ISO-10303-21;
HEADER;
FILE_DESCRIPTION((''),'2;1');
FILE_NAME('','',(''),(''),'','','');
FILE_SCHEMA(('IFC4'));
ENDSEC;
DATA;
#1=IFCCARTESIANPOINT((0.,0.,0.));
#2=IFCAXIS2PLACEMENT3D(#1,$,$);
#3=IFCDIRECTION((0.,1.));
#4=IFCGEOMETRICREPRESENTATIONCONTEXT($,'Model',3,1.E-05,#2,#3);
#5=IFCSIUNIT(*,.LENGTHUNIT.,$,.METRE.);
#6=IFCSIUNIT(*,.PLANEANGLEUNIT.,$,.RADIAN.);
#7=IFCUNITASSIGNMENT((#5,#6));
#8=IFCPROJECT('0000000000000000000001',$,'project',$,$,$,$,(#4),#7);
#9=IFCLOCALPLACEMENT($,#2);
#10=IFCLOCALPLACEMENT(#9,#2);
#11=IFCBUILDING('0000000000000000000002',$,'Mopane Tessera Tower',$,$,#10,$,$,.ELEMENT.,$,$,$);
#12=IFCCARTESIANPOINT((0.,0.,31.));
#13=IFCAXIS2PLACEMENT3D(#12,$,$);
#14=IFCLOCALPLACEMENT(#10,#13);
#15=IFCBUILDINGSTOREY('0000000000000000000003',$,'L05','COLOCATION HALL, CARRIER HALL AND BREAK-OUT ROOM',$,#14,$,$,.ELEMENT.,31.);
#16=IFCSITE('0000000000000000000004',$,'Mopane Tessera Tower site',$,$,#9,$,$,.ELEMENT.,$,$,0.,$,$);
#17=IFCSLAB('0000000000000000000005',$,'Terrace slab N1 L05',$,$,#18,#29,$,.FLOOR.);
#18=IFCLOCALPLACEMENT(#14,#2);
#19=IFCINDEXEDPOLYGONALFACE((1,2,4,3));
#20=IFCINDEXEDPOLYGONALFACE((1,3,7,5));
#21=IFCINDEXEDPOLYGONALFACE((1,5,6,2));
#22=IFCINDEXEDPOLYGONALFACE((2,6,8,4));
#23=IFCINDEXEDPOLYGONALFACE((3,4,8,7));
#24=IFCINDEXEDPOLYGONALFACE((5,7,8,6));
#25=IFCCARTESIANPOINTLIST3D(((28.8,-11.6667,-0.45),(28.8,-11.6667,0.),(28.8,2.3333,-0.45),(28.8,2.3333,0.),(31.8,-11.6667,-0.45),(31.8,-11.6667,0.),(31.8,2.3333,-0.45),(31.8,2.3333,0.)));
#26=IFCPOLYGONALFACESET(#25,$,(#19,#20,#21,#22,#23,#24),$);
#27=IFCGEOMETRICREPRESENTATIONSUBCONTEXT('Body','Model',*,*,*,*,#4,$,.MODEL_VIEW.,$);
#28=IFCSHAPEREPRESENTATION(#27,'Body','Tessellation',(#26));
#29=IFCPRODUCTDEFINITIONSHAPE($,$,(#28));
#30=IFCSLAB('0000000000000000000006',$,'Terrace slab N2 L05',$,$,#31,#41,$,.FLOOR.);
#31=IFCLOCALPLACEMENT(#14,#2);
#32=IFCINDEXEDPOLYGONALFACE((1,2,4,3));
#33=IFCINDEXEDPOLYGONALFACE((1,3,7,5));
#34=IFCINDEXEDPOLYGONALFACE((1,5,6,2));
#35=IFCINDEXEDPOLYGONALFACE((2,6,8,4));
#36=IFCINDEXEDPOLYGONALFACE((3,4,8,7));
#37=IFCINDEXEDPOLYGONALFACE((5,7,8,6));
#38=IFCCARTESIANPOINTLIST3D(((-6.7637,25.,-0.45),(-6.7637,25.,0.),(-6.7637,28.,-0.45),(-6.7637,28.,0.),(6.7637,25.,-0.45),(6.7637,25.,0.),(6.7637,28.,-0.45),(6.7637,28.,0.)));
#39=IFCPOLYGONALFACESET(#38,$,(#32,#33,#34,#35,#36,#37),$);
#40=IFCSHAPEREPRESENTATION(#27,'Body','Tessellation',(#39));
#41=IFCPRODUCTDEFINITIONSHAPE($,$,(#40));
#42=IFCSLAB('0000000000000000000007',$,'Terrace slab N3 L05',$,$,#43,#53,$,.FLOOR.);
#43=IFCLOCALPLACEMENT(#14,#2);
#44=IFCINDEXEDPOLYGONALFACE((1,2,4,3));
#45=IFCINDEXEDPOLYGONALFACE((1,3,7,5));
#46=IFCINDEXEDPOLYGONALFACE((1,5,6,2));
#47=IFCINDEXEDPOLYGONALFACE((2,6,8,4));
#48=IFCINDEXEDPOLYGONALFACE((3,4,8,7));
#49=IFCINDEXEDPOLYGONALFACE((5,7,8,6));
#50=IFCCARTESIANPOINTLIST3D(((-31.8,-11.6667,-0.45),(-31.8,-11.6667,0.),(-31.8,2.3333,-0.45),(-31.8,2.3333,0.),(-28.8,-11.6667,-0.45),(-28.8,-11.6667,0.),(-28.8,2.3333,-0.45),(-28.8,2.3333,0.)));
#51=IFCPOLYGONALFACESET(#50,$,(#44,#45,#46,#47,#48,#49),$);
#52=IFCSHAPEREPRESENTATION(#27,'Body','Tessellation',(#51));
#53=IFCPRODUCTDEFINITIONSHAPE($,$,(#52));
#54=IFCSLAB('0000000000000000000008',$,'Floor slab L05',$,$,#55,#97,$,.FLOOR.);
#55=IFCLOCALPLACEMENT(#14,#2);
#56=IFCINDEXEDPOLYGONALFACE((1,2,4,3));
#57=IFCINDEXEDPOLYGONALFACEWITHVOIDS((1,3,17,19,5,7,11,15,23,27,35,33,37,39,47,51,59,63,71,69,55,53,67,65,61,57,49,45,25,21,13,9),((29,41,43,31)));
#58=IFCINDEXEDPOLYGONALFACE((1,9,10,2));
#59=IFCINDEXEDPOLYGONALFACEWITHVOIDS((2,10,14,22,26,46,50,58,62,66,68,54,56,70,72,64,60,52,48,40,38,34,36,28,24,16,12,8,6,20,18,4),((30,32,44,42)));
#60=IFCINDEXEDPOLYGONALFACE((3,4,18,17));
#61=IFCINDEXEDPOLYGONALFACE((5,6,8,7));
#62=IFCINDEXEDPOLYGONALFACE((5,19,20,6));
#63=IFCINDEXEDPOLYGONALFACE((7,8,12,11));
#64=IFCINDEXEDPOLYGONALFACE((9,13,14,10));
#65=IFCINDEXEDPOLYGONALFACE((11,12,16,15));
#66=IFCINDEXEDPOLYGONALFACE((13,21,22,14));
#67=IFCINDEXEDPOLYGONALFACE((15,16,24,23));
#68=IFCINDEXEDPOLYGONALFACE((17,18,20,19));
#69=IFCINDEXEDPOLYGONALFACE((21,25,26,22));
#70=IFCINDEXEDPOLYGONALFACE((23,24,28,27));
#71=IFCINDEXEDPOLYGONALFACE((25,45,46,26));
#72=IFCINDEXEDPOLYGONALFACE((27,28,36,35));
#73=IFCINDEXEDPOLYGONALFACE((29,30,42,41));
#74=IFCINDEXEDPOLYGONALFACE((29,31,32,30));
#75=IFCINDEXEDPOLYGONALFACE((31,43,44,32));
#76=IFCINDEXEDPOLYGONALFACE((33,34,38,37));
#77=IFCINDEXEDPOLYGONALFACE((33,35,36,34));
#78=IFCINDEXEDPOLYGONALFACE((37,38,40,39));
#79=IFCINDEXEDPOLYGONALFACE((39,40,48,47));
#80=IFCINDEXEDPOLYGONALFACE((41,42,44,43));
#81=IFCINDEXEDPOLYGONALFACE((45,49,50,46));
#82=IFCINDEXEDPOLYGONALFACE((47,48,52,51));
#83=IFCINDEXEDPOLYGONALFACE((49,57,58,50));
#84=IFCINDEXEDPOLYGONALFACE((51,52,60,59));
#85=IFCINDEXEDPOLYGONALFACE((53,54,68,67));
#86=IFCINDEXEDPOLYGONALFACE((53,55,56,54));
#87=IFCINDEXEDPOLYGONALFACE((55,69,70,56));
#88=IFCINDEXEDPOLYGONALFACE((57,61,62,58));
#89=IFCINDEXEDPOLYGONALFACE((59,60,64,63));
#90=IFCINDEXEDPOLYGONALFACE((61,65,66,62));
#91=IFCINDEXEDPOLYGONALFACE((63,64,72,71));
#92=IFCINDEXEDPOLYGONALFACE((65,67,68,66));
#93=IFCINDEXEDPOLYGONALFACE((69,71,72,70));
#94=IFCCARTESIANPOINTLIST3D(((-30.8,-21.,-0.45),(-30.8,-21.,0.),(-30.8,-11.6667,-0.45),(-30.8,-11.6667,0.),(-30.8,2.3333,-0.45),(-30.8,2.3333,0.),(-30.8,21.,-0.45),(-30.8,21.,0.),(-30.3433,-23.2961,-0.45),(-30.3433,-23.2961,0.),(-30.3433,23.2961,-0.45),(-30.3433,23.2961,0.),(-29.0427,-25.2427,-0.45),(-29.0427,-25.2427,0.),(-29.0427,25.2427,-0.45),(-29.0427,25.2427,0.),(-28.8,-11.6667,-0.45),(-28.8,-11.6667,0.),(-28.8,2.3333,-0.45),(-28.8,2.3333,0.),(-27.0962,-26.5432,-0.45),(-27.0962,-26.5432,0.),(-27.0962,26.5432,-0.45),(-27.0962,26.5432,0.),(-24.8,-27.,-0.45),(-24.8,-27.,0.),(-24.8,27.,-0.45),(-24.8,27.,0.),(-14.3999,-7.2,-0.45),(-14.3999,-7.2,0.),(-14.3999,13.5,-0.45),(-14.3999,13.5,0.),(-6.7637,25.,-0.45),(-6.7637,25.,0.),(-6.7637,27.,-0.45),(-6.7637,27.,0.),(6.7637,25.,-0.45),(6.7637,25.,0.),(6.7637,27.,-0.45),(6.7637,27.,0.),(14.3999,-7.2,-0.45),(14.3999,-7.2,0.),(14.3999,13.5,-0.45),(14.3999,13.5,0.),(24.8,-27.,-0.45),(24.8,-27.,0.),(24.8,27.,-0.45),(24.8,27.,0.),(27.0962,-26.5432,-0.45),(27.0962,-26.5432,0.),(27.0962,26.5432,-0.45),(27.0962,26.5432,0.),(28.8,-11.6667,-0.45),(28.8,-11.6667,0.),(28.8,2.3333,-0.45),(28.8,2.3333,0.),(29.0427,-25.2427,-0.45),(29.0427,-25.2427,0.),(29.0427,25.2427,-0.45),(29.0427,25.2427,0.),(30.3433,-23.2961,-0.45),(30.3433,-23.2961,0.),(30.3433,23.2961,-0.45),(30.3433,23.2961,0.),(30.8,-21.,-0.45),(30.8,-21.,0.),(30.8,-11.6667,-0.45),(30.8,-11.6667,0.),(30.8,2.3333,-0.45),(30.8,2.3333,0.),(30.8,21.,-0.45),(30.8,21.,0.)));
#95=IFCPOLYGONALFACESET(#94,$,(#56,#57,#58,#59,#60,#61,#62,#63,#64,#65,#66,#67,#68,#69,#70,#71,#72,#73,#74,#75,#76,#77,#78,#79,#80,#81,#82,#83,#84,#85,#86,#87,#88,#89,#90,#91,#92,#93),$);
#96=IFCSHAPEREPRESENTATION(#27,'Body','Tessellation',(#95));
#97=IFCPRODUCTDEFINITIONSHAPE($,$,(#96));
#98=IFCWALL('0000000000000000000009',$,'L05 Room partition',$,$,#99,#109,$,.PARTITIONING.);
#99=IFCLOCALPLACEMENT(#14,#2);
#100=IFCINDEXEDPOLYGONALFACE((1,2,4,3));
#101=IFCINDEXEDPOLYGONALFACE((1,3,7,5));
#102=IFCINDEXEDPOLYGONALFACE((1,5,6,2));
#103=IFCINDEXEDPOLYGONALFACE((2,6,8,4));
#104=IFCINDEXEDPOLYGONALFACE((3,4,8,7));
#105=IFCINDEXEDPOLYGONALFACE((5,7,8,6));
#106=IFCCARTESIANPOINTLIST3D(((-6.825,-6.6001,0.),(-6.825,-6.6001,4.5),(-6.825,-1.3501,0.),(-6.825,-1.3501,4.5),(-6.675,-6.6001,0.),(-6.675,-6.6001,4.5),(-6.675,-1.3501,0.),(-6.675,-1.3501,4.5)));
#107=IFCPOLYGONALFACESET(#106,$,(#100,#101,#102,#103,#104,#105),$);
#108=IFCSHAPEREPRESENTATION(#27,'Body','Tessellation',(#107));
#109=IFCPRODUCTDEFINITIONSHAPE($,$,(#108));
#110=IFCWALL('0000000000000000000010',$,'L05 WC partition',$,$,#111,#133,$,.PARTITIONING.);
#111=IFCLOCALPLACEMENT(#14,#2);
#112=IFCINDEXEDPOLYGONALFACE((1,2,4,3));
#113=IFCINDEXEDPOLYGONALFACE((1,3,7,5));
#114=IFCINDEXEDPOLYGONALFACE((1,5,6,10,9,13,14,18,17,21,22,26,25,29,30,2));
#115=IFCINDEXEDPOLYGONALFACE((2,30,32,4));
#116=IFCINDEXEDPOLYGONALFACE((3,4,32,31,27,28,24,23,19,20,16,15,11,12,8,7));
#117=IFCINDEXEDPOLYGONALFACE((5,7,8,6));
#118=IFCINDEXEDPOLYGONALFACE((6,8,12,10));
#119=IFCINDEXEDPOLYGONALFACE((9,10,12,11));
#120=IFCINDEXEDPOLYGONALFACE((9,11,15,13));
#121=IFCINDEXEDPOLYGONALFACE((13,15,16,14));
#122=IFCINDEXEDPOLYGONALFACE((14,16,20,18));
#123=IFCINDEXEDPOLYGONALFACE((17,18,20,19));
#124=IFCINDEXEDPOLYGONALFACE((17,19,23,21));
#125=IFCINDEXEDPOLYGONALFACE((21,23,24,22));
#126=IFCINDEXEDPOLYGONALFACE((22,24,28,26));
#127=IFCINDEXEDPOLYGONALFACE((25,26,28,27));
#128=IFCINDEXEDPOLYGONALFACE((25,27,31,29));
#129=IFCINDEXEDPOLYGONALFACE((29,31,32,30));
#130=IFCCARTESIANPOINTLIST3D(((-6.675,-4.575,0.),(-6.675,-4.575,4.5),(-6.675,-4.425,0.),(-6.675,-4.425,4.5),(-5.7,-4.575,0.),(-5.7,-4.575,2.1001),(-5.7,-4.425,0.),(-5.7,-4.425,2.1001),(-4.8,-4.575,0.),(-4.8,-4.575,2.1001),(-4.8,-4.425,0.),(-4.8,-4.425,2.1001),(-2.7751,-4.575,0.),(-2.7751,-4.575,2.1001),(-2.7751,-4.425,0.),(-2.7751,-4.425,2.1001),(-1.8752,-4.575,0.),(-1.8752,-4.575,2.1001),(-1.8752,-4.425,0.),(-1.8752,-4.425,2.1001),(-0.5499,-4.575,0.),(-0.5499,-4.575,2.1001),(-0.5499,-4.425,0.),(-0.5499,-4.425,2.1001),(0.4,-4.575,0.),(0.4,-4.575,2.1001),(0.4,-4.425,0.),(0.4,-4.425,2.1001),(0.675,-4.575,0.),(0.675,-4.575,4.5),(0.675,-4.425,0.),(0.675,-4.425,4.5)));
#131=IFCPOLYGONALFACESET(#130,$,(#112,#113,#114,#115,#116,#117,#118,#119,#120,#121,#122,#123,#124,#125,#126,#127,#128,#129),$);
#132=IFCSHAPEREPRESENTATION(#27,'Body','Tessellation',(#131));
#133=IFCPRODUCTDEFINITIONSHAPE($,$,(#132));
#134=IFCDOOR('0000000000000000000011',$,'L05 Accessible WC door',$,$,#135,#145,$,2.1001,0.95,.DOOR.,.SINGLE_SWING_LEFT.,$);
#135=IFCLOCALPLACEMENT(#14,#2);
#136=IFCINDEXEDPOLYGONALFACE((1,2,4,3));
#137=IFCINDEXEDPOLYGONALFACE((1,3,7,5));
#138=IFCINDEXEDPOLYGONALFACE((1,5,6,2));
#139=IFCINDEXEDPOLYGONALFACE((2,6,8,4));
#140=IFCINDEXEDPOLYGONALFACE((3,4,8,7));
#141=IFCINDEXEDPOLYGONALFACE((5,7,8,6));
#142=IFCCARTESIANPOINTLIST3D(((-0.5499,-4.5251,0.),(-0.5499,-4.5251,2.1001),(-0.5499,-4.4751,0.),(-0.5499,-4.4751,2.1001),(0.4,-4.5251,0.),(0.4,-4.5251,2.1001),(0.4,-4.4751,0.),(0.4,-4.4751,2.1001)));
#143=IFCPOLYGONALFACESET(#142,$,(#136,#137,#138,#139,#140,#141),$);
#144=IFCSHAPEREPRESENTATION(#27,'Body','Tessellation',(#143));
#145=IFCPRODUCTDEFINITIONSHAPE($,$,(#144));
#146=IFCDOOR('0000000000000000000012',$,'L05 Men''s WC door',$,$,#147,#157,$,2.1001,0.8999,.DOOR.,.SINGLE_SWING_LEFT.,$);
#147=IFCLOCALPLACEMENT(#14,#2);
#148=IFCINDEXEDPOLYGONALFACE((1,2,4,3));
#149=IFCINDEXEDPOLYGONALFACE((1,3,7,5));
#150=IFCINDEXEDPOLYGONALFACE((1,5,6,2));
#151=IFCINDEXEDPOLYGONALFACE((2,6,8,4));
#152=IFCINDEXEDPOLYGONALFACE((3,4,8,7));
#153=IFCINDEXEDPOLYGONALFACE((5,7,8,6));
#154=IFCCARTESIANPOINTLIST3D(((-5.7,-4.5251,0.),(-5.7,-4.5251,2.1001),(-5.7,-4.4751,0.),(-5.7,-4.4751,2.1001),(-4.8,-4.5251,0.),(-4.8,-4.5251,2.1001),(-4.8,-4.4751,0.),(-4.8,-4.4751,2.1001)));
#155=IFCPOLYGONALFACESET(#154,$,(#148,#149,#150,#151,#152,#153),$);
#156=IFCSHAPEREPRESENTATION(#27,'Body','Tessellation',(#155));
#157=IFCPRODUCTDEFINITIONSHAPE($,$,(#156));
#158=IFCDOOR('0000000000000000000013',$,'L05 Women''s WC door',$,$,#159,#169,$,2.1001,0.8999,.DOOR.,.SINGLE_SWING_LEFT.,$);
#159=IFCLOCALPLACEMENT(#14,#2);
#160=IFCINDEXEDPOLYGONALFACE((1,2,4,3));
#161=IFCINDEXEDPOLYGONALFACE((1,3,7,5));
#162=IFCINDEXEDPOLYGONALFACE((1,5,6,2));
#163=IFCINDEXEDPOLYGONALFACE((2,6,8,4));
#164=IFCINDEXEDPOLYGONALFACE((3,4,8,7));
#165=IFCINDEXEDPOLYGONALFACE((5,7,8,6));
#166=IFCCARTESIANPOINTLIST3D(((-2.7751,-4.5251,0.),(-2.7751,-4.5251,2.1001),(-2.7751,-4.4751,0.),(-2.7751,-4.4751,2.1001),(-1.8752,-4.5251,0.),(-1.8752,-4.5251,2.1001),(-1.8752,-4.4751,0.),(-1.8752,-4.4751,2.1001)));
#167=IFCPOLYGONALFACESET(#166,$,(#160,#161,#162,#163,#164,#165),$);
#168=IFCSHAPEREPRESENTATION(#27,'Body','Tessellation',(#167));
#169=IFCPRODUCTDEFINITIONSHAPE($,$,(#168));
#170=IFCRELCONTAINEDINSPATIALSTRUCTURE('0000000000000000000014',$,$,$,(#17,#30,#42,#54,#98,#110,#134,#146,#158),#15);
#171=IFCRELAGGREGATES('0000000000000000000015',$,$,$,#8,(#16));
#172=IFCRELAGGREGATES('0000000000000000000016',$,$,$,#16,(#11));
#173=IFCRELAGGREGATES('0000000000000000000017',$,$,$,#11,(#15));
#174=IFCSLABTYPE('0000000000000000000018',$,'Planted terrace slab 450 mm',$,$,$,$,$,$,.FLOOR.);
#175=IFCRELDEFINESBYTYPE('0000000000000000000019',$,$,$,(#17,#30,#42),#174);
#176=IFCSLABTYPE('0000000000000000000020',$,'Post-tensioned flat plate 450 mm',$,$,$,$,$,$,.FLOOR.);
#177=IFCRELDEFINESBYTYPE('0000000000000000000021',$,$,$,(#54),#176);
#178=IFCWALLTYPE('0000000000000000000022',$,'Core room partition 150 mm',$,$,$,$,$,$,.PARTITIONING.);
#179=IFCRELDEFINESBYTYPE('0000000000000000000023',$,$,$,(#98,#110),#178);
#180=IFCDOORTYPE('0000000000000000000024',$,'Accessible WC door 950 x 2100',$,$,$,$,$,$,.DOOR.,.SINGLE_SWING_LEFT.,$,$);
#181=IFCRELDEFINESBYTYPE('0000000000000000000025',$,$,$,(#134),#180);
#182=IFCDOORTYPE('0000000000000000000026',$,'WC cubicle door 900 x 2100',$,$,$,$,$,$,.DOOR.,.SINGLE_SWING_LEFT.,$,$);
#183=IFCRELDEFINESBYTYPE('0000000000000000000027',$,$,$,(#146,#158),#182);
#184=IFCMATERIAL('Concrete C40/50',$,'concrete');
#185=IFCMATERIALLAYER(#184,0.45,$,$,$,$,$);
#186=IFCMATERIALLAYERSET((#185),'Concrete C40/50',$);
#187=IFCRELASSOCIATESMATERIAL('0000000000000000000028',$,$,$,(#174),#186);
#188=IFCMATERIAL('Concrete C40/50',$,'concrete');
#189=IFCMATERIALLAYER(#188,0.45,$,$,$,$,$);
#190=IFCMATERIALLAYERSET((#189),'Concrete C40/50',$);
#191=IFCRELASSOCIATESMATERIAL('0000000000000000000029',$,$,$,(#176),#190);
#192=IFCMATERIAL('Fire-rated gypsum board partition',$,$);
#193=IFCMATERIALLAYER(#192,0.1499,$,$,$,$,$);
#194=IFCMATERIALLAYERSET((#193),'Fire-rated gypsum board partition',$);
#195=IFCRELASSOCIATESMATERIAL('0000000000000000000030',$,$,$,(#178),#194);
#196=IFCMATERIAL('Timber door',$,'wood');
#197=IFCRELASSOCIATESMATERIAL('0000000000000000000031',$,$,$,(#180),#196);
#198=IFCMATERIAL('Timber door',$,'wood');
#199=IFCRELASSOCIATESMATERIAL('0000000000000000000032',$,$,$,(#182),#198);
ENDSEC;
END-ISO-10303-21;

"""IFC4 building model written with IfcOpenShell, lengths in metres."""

from ifc_helpers import new_model, si_unit, direction, frame, frame_2d, origin, place, context, subcontext, project, spatial, polyline, rectangle, outline, extrude, material, layer, layer_set, type_object, element, fill, save


model = new_model("IFC4")

# Units and contexts
model_context = context("Model", 3, precision=1e-05, world=origin(), true_north=direction((0.0, 1.0)))
body_context = subcontext(model_context, "Body", "Model", "MODEL_VIEW")
ifc_project = project(units=[si_unit("LENGTHUNIT", "METRE"), si_unit("PLANEANGLEUNIT", "RADIAN")], contexts=[model_context])

# Site, building, storey
site_placement = place(None, origin())
site = spatial("IfcSite", under=ifc_project, at=site_placement, Name="Mopane Tessera Tower site", CompositionType="ELEMENT", RefElevation=0.0)
building_placement = place(site_placement, origin())
building = spatial("IfcBuilding", under=site, at=building_placement, Name="Mopane Tessera Tower", CompositionType="ELEMENT")
storey_placement = place(building_placement, frame((0.0, 0.0, 31.0)))
storey = spatial("IfcBuildingStorey", under=building, at=storey_placement, Name="L05", Description="COLOCATION HALL, CARRIER HALL AND BREAK-OUT ROOM", CompositionType="ELEMENT", Elevation=31.0)

# Slabs
ifc_material_1 = material(Name="Concrete C40/50", Category="concrete")
ifc_layer_1 = layer(ifc_material_1, 0.45)
ifc_layer_set_1 = layer_set([ifc_layer_1], Name="Concrete C40/50")
slab_type_1 = type_object("IfcSlabType", Name="Planted terrace slab 450 mm", PredefinedType="FLOOR", material=ifc_layer_set_1)
slab_1_placement = place(storey_placement, frame((0.0, 0.0, -0.45)))
element("IfcSlab", 1, at=slab_1_placement, inside=storey, type_object=slab_type_1, Name="Terrace slab N1 L05", PredefinedType="FLOOR", context=body_context, shape_type="SweptSolid", body=[
    extrude(outline(polyline([(31.8, 2.3333), (28.8, 2.3333), (28.8, -11.6667), (31.8, -11.6667), (31.8, 2.3333)])), origin(), (0.0, 0.0, 1.0), 0.45),
])
slab_2_placement = place(storey_placement, frame((0.0, 0.0, -0.45)))
element("IfcSlab", 2, at=slab_2_placement, inside=storey, type_object=slab_type_1, Name="Terrace slab N2 L05", PredefinedType="FLOOR", context=body_context, shape_type="SweptSolid", body=[
    extrude(outline(polyline([(-6.7637, 28.0), (-6.7637, 25.0), (6.7637, 25.0), (6.7637, 28.0), (-6.7637, 28.0)])), origin(), (0.0, 0.0, 1.0), 0.45),
])
slab_3_placement = place(storey_placement, frame((0.0, 0.0, -0.45)))
element("IfcSlab", 3, at=slab_3_placement, inside=storey, type_object=slab_type_1, Name="Terrace slab N3 L05", PredefinedType="FLOOR", context=body_context, shape_type="SweptSolid", body=[
    extrude(outline(polyline([(-31.8, -11.6667), (-28.8, -11.6667), (-28.8, 2.3333), (-31.8, 2.3333), (-31.8, -11.6667)])), origin(), (0.0, 0.0, 1.0), 0.45),
])
ifc_material_2 = material(Name="Concrete C40/50", Category="concrete")
ifc_layer_2 = layer(ifc_material_2, 0.45)
ifc_layer_set_2 = layer_set([ifc_layer_2], Name="Concrete C40/50")
slab_type_2 = type_object("IfcSlabType", Name="Post-tensioned flat plate 450 mm", PredefinedType="FLOOR", material=ifc_layer_set_2)
slab_4_placement = place(storey_placement, frame((0.0, 0.0, -0.45)))
element("IfcSlab", 4, at=slab_4_placement, inside=storey, type_object=slab_type_2, Name="Floor slab L05", PredefinedType="FLOOR", context=body_context, shape_type="SweptSolid", body=[
    extrude(outline(polyline([(30.8, -21.0), (30.8, -11.6667), (28.8, -11.6667), (28.8, 2.3333), (30.8, 2.3333), (30.8, 21.0), (30.3433, 23.2961), (29.0427, 25.2427), (27.0962, 26.5432), (24.8, 27.0), (6.7637, 27.0), (6.7637, 25.0), (-6.7637, 25.0), (-6.7637, 27.0), (-24.8, 27.0), (-27.0962, 26.5432), (-29.0427, 25.2427), (-30.3433, 23.2961), (-30.8, 21.0), (-30.8, 2.3333), (-28.8, 2.3333), (-28.8, -11.6667), (-30.8, -11.6667), (-30.8, -21.0), (-30.3433, -23.2961), (-29.0427, -25.2427), (-27.0962, -26.5432), (-24.8, -27.0), (24.8, -27.0), (27.0962, -26.5432), (29.0427, -25.2427), (30.3433, -23.2961), (30.8, -21.0)]), holes=[polyline([(14.3999, -7.2), (-14.3999, -7.2), (-14.3999, 13.5), (14.3999, 13.5), (14.3999, -7.2)])]), origin(), (0.0, 0.0, 1.0), 0.45),
])

# Wall
ifc_material_3 = material(Name="Fire-rated gypsum board partition")
ifc_layer_3 = layer(ifc_material_3, 0.1499)
ifc_layer_set_3 = layer_set([ifc_layer_3], Name="Fire-rated gypsum board partition")
wall_type_1 = type_object("IfcWallType", Name="Core room partition 150 mm", PredefinedType="PARTITIONING", material=ifc_layer_set_3)
wall_1_placement = place(storey_placement, frame((-6.75, -6.6001, 0.0), z_axis=(0.0, 0.0, 1.0), x_axis=(0.0, 1.0, 0.0)))
element("IfcWall", 5, at=wall_1_placement, inside=storey, type_object=wall_type_1, Name="L05 Room partition", PredefinedType="PARTITIONING", context=body_context, shape_type="SweptSolid", body=[
    extrude(rectangle(XDim=5.25, YDim=0.1499, at=frame_2d((2.625, 0.0))), origin(), (0.0, 0.0, 1.0), 4.5),
])

# Wall, openings, doors
wall_2_placement = place(storey_placement, frame((-6.675, -4.5, 0.0), z_axis=(0.0, 0.0, 1.0), x_axis=(1.0, 0.0, 0.0)))
wall_2 = element("IfcWall", 6, at=wall_2_placement, inside=storey, type_object=wall_type_1, Name="L05 WC partition", PredefinedType="PARTITIONING", context=body_context, shape_type="SweptSolid", body=[
    extrude(rectangle(XDim=7.3501, YDim=0.1499, at=frame_2d((3.675, 0.0))), origin(), (0.0, 0.0, 1.0), 4.5),
])
opening_1_placement = place(wall_2_placement, frame((0.9751, 0.0, 0.0)))
opening_1 = element("IfcOpeningElement", 7, at=opening_1_placement, cuts=wall_2, PredefinedType="OPENING", context=body_context, shape_type="SweptSolid", body=[
    extrude(rectangle(XDim=0.8999, YDim=2.1001, at=frame_2d((0.45, 1.05))), frame((0.0, 0.0869, 0.0), z_axis=(0.0, -1.0, 0.0), x_axis=(1.0, 0.0, 0.0)), (0.0, 0.0, 1.0), 0.1738),
])
opening_2_placement = place(wall_2_placement, frame((3.8999, 0.0, 0.0)))
opening_2 = element("IfcOpeningElement", 8, at=opening_2_placement, cuts=wall_2, PredefinedType="OPENING", context=body_context, shape_type="SweptSolid", body=[
    extrude(rectangle(XDim=0.8999, YDim=2.1001, at=frame_2d((0.45, 1.05))), frame((0.0, 0.0869, 0.0), z_axis=(0.0, -1.0, 0.0), x_axis=(1.0, 0.0, 0.0)), (0.0, 0.0, 1.0), 0.1738),
])
opening_3_placement = place(wall_2_placement, frame((6.125, 0.0, 0.0)))
opening_3 = element("IfcOpeningElement", 9, at=opening_3_placement, cuts=wall_2, PredefinedType="OPENING", context=body_context, shape_type="SweptSolid", body=[
    extrude(rectangle(XDim=0.95, YDim=2.1001, at=frame_2d((0.4751, 1.05))), frame((0.0, 0.0869, 0.0), z_axis=(0.0, -1.0, 0.0), x_axis=(1.0, 0.0, 0.0)), (0.0, 0.0, 1.0), 0.1738),
])
ifc_material_4 = material(Name="Timber door", Category="wood")
door_type_1 = type_object("IfcDoorType", Name="Accessible WC door 950 x 2100", OperationType="SINGLE_SWING_LEFT", PredefinedType="DOOR", material=ifc_material_4)
door_1_placement = place(opening_3_placement, origin())
door_1 = element("IfcDoor", 10, at=door_1_placement, inside=storey, type_object=door_type_1, Name="L05 Accessible WC door", OperationType="SINGLE_SWING_LEFT", OverallHeight=2.1001, OverallWidth=0.95, PredefinedType="DOOR", context=body_context, shape_type="SweptSolid", body=[
    extrude(rectangle(XDim=0.95, YDim=2.1001, at=frame_2d((0.4751, 1.05))), frame((0.0, 0.0249, 0.0), z_axis=(0.0, -1.0, 0.0), x_axis=(1.0, 0.0, 0.0)), (0.0, 0.0, 1.0), 0.05),
])
fill(opening_3, door_1)
ifc_material_5 = material(Name="Timber door", Category="wood")
door_type_2 = type_object("IfcDoorType", Name="WC cubicle door 900 x 2100", OperationType="SINGLE_SWING_LEFT", PredefinedType="DOOR", material=ifc_material_5)
door_2_placement = place(opening_1_placement, origin())
door_2 = element("IfcDoor", 11, at=door_2_placement, inside=storey, type_object=door_type_2, Name="L05 Men's WC door", OperationType="SINGLE_SWING_LEFT", OverallHeight=2.1001, OverallWidth=0.8999, PredefinedType="DOOR", context=body_context, shape_type="SweptSolid", body=[
    extrude(rectangle(XDim=0.8999, YDim=2.1001, at=frame_2d((0.45, 1.05))), frame((0.0, 0.0249, 0.0), z_axis=(0.0, -1.0, 0.0), x_axis=(1.0, 0.0, 0.0)), (0.0, 0.0, 1.0), 0.05),
])
fill(opening_1, door_2)
door_3_placement = place(opening_2_placement, origin())
door_3 = element("IfcDoor", 12, at=door_3_placement, inside=storey, type_object=door_type_2, Name="L05 Women's WC door", OperationType="SINGLE_SWING_LEFT", OverallHeight=2.1001, OverallWidth=0.8999, PredefinedType="DOOR", context=body_context, shape_type="SweptSolid", body=[
    extrude(rectangle(XDim=0.8999, YDim=2.1001, at=frame_2d((0.45, 1.05))), frame((0.0, 0.0249, 0.0), z_axis=(0.0, -1.0, 0.0), x_axis=(1.0, 0.0, 0.0)), (0.0, 0.0, 1.0), 0.05),
])
fill(opening_2, door_3)

save(model, "model.ifc")
